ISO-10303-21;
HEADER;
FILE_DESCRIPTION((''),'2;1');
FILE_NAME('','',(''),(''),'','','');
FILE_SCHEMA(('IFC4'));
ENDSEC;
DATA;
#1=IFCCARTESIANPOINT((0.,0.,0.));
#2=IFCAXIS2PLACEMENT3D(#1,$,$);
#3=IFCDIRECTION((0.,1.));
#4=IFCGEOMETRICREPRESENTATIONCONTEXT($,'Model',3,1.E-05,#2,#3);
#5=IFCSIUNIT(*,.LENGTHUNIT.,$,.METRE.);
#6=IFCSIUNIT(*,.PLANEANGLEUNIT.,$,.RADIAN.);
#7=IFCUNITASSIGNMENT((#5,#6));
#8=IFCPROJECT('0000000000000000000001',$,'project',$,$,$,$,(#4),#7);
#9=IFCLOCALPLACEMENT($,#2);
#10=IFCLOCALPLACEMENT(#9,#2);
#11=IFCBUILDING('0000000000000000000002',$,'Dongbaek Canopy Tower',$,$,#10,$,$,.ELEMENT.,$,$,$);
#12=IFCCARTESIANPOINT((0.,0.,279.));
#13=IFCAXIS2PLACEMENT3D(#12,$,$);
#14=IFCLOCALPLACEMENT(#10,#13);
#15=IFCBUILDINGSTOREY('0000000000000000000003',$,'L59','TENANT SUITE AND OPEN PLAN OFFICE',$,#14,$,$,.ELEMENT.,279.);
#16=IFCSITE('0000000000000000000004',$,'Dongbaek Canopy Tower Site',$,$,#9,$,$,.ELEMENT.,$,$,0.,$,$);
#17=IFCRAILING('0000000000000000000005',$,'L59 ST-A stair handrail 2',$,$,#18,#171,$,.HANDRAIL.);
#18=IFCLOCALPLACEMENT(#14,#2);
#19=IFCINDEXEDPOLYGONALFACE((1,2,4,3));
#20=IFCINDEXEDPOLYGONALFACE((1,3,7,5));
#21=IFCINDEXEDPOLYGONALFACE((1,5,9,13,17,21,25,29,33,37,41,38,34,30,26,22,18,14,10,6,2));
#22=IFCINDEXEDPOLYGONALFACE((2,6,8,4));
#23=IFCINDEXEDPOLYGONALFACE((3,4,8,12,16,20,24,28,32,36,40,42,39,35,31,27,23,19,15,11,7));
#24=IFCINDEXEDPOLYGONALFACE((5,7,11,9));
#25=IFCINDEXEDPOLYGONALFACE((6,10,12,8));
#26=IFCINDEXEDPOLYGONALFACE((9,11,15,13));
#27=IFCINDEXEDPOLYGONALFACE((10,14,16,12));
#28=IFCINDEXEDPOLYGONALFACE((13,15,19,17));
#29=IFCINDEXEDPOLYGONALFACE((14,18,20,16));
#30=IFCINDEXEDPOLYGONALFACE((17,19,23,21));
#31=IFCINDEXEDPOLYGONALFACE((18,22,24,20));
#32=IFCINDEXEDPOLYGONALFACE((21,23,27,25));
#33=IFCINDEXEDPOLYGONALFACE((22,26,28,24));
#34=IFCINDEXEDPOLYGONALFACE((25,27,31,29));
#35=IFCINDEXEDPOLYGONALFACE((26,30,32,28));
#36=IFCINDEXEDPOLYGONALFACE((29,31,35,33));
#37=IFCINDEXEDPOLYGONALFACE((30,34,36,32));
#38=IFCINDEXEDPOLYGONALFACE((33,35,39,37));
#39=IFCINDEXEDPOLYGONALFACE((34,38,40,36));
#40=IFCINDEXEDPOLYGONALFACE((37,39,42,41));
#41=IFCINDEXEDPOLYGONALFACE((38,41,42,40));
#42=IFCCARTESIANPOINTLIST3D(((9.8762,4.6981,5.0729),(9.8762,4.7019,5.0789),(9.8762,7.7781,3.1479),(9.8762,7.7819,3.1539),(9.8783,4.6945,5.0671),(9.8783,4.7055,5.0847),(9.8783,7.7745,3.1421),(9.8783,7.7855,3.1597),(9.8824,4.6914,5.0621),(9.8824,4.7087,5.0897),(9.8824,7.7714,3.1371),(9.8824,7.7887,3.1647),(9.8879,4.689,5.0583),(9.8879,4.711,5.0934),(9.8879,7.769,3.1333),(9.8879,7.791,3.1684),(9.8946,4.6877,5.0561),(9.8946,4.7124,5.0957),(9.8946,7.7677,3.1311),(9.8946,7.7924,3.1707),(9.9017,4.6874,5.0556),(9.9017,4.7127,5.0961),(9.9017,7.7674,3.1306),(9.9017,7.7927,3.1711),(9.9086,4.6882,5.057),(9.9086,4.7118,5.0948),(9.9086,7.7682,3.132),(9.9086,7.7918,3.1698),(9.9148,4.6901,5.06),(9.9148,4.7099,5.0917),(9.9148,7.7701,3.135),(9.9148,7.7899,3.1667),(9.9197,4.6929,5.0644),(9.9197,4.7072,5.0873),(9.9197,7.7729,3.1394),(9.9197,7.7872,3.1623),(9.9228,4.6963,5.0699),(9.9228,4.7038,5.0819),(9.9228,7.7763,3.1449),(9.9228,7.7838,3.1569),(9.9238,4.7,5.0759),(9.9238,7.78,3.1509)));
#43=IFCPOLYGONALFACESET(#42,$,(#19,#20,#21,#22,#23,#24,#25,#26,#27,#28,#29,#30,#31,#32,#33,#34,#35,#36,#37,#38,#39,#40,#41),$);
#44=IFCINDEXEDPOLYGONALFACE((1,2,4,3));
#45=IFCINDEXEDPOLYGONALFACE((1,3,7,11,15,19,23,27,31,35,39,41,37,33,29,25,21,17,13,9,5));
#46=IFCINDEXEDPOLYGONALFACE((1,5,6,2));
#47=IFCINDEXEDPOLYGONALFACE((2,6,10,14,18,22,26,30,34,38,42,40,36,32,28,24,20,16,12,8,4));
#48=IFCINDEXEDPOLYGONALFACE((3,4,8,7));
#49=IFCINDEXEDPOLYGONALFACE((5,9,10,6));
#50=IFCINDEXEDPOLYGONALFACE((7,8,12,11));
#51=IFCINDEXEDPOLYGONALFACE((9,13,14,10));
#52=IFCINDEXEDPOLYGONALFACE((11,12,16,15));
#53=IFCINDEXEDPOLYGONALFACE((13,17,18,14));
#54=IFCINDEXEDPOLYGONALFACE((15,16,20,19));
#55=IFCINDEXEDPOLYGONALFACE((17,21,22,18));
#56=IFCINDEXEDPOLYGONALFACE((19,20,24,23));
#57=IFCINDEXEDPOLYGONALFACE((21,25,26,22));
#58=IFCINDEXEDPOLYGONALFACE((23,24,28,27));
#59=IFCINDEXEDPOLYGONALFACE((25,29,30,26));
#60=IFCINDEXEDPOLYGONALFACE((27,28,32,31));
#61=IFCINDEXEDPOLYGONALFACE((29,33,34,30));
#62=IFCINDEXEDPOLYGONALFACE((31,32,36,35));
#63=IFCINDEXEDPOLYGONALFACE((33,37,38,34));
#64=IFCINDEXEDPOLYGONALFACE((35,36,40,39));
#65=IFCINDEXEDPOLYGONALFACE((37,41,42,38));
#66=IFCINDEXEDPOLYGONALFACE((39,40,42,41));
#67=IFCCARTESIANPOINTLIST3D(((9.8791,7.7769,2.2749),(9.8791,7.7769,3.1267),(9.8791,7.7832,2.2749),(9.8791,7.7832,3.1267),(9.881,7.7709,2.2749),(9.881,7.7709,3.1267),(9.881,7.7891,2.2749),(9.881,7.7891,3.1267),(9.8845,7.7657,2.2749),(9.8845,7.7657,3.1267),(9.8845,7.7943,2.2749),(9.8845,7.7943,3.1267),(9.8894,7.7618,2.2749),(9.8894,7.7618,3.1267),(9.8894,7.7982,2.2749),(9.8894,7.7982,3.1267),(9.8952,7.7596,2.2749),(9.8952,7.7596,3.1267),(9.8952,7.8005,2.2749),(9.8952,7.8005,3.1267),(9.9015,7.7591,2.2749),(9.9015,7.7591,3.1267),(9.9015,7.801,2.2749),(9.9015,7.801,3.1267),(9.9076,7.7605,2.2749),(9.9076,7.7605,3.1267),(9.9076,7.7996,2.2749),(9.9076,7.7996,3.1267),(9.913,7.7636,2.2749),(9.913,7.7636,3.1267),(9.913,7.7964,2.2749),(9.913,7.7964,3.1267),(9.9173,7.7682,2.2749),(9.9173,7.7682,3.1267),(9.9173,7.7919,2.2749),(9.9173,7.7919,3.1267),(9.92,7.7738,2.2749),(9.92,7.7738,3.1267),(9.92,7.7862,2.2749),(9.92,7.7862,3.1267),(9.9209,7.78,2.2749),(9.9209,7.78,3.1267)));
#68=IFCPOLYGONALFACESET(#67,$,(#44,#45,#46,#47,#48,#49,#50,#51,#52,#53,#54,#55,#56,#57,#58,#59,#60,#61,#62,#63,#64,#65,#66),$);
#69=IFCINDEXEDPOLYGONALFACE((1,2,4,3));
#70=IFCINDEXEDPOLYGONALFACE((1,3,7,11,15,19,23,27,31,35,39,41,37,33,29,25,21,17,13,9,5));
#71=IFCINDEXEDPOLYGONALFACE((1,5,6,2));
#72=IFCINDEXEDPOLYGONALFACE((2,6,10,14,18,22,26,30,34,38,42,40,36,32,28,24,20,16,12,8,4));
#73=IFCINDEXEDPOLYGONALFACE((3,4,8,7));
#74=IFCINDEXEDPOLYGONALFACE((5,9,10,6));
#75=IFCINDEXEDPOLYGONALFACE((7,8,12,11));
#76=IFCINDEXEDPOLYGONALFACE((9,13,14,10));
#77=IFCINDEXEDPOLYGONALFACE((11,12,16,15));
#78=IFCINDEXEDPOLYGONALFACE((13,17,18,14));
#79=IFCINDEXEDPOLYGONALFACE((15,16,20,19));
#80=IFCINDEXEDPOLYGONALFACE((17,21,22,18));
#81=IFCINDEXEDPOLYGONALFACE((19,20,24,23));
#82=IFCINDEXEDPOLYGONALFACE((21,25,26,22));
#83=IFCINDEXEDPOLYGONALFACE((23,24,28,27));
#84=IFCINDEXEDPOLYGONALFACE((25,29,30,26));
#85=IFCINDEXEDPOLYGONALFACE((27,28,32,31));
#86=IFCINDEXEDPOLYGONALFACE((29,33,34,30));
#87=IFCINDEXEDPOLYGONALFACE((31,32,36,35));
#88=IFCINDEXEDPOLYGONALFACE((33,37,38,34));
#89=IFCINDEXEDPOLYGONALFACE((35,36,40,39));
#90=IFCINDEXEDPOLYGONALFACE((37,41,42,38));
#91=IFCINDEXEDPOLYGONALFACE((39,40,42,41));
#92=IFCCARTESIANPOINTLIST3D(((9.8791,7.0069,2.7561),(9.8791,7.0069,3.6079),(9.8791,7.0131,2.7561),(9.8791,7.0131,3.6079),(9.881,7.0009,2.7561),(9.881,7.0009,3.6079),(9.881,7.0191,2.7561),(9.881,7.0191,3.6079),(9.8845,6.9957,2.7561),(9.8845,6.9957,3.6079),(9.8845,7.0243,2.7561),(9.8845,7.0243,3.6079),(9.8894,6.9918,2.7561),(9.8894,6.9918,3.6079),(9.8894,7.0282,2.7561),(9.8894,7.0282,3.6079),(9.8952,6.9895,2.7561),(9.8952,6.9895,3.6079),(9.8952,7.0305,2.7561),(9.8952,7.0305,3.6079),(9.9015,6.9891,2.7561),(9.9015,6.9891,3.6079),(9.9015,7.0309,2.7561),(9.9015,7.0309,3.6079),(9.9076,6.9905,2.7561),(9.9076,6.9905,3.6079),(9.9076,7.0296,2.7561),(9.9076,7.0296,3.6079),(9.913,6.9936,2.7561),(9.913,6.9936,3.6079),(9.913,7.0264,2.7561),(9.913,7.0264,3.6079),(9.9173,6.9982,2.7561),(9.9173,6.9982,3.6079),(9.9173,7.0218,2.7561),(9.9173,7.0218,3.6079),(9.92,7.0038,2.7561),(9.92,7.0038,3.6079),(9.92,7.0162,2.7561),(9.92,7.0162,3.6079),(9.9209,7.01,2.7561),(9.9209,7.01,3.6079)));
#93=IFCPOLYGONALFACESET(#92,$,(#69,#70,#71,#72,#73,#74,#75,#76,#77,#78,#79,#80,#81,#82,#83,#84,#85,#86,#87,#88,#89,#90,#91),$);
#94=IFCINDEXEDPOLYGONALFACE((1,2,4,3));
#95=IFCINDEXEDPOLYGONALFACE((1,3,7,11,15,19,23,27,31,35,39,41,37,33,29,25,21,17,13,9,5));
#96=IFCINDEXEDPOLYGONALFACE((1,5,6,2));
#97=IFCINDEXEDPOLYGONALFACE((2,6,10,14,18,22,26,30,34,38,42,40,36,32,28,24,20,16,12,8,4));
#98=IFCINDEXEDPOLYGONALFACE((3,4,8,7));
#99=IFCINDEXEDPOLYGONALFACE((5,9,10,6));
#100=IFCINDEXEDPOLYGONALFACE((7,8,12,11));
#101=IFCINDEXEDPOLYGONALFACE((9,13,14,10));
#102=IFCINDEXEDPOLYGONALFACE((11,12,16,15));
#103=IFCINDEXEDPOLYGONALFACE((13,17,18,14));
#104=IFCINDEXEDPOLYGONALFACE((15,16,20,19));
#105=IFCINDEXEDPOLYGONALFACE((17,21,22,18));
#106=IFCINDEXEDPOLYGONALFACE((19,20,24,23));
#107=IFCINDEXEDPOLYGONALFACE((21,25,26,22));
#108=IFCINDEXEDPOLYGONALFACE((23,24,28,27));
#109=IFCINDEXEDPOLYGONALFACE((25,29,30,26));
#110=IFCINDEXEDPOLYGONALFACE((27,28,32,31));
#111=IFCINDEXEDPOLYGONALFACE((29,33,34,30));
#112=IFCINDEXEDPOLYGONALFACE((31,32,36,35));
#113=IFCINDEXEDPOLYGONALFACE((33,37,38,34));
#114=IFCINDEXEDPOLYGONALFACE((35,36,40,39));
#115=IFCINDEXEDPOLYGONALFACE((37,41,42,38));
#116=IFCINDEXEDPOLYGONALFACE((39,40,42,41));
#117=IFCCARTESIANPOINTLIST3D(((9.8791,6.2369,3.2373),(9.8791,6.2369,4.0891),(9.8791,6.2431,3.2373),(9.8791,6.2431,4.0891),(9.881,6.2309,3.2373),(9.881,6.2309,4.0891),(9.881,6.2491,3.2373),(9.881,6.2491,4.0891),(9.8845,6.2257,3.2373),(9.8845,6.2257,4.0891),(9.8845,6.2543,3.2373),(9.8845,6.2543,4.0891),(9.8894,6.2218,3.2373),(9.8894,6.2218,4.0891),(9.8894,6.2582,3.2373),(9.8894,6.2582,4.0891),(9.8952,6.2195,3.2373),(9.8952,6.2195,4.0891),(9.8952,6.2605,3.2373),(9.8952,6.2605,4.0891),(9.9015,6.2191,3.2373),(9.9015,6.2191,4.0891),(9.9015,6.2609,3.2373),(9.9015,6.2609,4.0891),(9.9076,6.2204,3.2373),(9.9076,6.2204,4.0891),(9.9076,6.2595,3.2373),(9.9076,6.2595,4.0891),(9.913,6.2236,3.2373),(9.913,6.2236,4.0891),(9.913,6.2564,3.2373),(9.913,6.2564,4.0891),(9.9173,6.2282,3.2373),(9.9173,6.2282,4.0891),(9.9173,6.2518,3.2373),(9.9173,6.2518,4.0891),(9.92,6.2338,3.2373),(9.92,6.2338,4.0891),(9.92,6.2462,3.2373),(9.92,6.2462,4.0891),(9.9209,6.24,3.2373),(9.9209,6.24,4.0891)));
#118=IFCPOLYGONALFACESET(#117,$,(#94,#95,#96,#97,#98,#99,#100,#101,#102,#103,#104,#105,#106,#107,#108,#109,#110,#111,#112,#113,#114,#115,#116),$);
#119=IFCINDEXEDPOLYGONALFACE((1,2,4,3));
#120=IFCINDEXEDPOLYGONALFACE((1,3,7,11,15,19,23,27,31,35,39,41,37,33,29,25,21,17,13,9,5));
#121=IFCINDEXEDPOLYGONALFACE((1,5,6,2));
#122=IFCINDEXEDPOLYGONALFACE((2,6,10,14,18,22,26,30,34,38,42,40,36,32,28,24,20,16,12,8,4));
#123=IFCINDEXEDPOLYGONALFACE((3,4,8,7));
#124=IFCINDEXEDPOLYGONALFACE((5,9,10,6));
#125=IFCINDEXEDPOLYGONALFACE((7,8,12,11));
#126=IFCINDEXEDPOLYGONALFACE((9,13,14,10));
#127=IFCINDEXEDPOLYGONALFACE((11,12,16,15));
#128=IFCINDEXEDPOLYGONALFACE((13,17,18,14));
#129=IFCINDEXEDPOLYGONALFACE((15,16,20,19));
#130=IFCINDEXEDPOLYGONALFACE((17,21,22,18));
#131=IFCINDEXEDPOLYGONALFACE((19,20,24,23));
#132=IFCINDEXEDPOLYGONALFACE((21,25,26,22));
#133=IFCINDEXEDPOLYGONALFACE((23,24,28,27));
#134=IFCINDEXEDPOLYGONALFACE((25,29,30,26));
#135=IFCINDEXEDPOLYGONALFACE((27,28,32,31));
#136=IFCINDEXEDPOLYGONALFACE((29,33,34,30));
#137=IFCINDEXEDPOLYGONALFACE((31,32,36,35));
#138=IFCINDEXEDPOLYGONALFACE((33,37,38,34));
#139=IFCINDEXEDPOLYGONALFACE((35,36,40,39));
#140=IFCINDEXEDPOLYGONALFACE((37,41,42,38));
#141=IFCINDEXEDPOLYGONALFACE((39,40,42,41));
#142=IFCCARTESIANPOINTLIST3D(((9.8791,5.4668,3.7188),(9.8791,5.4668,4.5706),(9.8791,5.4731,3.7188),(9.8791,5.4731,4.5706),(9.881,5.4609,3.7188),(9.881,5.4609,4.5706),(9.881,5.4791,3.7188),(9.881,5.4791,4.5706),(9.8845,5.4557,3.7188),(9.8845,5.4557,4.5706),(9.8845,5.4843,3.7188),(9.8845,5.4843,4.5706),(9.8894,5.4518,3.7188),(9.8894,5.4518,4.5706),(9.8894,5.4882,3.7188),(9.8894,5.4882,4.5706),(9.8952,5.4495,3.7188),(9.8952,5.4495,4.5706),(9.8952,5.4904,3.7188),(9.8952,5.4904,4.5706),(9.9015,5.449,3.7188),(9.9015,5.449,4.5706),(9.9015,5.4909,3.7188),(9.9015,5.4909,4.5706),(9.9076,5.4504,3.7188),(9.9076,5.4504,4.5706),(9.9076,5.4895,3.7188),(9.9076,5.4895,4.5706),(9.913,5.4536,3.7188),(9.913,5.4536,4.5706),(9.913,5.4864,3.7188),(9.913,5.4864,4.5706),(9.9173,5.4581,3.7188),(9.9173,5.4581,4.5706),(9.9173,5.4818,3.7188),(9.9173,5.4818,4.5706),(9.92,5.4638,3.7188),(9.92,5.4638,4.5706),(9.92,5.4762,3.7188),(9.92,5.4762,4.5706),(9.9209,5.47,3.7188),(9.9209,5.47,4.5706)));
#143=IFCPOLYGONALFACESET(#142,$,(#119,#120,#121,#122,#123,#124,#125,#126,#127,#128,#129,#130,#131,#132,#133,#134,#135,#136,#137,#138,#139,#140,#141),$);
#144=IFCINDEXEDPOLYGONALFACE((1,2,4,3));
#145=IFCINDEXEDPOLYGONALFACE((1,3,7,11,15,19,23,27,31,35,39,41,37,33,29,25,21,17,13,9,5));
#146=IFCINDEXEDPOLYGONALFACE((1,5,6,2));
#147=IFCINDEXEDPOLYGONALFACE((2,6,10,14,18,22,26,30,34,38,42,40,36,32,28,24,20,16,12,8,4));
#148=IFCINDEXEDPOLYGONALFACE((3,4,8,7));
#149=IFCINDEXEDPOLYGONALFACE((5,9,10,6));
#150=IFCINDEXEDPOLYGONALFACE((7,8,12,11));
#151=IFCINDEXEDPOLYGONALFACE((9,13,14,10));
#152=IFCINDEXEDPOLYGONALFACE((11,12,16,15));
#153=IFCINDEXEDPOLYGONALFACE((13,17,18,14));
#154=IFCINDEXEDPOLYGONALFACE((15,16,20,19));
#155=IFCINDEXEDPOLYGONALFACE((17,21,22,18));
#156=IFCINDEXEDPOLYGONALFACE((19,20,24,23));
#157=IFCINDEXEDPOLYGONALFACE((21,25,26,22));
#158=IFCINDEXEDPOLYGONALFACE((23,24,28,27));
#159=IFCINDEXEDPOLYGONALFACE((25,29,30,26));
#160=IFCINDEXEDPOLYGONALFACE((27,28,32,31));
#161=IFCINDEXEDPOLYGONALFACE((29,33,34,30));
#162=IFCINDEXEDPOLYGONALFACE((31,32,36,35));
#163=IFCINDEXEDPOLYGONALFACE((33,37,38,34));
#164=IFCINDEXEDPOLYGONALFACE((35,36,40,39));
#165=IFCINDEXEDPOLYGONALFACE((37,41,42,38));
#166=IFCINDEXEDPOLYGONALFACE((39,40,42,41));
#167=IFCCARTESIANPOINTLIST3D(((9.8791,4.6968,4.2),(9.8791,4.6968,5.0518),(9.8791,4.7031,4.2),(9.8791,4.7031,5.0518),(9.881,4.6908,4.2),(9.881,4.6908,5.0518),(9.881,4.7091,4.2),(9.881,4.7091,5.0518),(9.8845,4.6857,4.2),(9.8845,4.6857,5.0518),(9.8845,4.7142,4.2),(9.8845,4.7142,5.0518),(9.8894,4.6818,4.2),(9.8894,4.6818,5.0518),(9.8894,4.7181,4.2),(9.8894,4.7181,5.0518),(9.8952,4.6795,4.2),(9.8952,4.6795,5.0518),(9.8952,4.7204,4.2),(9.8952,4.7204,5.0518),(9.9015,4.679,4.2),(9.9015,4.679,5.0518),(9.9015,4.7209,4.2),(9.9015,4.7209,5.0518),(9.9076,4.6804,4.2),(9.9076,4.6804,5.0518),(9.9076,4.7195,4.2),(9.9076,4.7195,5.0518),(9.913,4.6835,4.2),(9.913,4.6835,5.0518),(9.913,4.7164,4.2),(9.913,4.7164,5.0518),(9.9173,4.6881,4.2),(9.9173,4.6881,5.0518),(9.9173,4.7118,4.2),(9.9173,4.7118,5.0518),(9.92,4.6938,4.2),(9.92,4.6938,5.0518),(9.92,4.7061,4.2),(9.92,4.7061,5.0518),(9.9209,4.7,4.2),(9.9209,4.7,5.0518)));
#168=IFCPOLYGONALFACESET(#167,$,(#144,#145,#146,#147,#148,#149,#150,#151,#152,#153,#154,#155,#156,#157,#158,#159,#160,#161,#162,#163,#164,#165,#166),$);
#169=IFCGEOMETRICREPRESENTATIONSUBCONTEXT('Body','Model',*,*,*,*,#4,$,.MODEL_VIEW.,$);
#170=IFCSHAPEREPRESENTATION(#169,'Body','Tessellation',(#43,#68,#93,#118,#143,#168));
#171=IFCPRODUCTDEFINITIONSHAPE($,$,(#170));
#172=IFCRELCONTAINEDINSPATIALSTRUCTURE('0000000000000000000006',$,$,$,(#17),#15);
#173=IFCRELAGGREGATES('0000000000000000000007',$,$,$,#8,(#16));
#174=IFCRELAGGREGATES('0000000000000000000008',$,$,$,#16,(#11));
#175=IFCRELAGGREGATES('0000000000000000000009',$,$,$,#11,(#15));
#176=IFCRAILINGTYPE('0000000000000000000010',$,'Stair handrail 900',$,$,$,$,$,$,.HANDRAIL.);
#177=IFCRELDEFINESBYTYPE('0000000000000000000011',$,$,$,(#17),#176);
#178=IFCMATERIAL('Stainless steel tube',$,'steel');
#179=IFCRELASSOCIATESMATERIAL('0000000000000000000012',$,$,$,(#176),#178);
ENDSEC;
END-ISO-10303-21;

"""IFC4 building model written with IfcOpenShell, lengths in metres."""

from ifc_helpers import new_model, si_unit, direction, frame, origin, origin_2d, place, context, subcontext, project, spatial, circle, extrude, material, type_object, element, save


model = new_model("IFC4")

# Units and contexts
model_context = context("Model", 3, precision=1e-05, world=origin(), true_north=direction((0.0, 1.0)))
body_context = subcontext(model_context, "Body", "Model", "MODEL_VIEW")
ifc_project = project(units=[si_unit("LENGTHUNIT", "METRE"), si_unit("PLANEANGLEUNIT", "RADIAN")], contexts=[model_context])

# Site, building, storey
site_placement = place(None, origin())
site = spatial("IfcSite", under=ifc_project, at=site_placement, Name="Dongbaek Canopy Tower Site", CompositionType="ELEMENT", RefElevation=0.0)
building_placement = place(site_placement, origin())
building = spatial("IfcBuilding", under=site, at=building_placement, Name="Dongbaek Canopy Tower", CompositionType="ELEMENT")
storey_placement = place(building_placement, frame((0.0, 0.0, 279.0)))
storey = spatial("IfcBuildingStorey", under=building, at=storey_placement, Name="L59", Description="TENANT SUITE AND OPEN PLAN OFFICE", CompositionType="ELEMENT", Elevation=279.0)

# Railing
ifc_material_1 = material(Name="Stainless steel tube", Category="steel")
railing_type_1 = type_object("IfcRailingType", Name="Stair handrail 900", PredefinedType="HANDRAIL", material=ifc_material_1)
railing_1_placement = place(storey_placement, frame((9.8999, 7.78, 2.2749)))
element("IfcRailing", 1, at=railing_1_placement, inside=storey, type_object=railing_type_1, Name="L59 ST-A stair handrail 2", PredefinedType="HANDRAIL", context=body_context, shape_type="SweptSolid", body=[
    extrude(circle(Radius=0.0239, at=origin_2d()), frame((0.0, 0.0, 0.876), z_axis=(0.0, -0.847998, 0.529999), x_axis=(1.0, 0.0, 0.0)), (0.0, 0.0, 1.0), 3.6321),
    extrude(circle(Radius=0.021, at=origin_2d()), origin(), (0.0, 0.0, 1.0), 0.8518),
    extrude(circle(Radius=0.021, at=origin_2d()), frame((0.0, -0.77, 0.4812)), (0.0, 0.0, 1.0), 0.8518),
    extrude(circle(Radius=0.021, at=origin_2d()), frame((0.0, -1.54, 0.9624)), (0.0, 0.0, 1.0), 0.8518),
    extrude(circle(Radius=0.021, at=origin_2d()), frame((0.0, -2.3101, 1.4438)), (0.0, 0.0, 1.0), 0.8518),
    extrude(circle(Radius=0.021, at=origin_2d()), frame((0.0, -3.0801, 1.925)), (0.0, 0.0, 1.0), 0.8518),
])

save(model, "model.ifc")
